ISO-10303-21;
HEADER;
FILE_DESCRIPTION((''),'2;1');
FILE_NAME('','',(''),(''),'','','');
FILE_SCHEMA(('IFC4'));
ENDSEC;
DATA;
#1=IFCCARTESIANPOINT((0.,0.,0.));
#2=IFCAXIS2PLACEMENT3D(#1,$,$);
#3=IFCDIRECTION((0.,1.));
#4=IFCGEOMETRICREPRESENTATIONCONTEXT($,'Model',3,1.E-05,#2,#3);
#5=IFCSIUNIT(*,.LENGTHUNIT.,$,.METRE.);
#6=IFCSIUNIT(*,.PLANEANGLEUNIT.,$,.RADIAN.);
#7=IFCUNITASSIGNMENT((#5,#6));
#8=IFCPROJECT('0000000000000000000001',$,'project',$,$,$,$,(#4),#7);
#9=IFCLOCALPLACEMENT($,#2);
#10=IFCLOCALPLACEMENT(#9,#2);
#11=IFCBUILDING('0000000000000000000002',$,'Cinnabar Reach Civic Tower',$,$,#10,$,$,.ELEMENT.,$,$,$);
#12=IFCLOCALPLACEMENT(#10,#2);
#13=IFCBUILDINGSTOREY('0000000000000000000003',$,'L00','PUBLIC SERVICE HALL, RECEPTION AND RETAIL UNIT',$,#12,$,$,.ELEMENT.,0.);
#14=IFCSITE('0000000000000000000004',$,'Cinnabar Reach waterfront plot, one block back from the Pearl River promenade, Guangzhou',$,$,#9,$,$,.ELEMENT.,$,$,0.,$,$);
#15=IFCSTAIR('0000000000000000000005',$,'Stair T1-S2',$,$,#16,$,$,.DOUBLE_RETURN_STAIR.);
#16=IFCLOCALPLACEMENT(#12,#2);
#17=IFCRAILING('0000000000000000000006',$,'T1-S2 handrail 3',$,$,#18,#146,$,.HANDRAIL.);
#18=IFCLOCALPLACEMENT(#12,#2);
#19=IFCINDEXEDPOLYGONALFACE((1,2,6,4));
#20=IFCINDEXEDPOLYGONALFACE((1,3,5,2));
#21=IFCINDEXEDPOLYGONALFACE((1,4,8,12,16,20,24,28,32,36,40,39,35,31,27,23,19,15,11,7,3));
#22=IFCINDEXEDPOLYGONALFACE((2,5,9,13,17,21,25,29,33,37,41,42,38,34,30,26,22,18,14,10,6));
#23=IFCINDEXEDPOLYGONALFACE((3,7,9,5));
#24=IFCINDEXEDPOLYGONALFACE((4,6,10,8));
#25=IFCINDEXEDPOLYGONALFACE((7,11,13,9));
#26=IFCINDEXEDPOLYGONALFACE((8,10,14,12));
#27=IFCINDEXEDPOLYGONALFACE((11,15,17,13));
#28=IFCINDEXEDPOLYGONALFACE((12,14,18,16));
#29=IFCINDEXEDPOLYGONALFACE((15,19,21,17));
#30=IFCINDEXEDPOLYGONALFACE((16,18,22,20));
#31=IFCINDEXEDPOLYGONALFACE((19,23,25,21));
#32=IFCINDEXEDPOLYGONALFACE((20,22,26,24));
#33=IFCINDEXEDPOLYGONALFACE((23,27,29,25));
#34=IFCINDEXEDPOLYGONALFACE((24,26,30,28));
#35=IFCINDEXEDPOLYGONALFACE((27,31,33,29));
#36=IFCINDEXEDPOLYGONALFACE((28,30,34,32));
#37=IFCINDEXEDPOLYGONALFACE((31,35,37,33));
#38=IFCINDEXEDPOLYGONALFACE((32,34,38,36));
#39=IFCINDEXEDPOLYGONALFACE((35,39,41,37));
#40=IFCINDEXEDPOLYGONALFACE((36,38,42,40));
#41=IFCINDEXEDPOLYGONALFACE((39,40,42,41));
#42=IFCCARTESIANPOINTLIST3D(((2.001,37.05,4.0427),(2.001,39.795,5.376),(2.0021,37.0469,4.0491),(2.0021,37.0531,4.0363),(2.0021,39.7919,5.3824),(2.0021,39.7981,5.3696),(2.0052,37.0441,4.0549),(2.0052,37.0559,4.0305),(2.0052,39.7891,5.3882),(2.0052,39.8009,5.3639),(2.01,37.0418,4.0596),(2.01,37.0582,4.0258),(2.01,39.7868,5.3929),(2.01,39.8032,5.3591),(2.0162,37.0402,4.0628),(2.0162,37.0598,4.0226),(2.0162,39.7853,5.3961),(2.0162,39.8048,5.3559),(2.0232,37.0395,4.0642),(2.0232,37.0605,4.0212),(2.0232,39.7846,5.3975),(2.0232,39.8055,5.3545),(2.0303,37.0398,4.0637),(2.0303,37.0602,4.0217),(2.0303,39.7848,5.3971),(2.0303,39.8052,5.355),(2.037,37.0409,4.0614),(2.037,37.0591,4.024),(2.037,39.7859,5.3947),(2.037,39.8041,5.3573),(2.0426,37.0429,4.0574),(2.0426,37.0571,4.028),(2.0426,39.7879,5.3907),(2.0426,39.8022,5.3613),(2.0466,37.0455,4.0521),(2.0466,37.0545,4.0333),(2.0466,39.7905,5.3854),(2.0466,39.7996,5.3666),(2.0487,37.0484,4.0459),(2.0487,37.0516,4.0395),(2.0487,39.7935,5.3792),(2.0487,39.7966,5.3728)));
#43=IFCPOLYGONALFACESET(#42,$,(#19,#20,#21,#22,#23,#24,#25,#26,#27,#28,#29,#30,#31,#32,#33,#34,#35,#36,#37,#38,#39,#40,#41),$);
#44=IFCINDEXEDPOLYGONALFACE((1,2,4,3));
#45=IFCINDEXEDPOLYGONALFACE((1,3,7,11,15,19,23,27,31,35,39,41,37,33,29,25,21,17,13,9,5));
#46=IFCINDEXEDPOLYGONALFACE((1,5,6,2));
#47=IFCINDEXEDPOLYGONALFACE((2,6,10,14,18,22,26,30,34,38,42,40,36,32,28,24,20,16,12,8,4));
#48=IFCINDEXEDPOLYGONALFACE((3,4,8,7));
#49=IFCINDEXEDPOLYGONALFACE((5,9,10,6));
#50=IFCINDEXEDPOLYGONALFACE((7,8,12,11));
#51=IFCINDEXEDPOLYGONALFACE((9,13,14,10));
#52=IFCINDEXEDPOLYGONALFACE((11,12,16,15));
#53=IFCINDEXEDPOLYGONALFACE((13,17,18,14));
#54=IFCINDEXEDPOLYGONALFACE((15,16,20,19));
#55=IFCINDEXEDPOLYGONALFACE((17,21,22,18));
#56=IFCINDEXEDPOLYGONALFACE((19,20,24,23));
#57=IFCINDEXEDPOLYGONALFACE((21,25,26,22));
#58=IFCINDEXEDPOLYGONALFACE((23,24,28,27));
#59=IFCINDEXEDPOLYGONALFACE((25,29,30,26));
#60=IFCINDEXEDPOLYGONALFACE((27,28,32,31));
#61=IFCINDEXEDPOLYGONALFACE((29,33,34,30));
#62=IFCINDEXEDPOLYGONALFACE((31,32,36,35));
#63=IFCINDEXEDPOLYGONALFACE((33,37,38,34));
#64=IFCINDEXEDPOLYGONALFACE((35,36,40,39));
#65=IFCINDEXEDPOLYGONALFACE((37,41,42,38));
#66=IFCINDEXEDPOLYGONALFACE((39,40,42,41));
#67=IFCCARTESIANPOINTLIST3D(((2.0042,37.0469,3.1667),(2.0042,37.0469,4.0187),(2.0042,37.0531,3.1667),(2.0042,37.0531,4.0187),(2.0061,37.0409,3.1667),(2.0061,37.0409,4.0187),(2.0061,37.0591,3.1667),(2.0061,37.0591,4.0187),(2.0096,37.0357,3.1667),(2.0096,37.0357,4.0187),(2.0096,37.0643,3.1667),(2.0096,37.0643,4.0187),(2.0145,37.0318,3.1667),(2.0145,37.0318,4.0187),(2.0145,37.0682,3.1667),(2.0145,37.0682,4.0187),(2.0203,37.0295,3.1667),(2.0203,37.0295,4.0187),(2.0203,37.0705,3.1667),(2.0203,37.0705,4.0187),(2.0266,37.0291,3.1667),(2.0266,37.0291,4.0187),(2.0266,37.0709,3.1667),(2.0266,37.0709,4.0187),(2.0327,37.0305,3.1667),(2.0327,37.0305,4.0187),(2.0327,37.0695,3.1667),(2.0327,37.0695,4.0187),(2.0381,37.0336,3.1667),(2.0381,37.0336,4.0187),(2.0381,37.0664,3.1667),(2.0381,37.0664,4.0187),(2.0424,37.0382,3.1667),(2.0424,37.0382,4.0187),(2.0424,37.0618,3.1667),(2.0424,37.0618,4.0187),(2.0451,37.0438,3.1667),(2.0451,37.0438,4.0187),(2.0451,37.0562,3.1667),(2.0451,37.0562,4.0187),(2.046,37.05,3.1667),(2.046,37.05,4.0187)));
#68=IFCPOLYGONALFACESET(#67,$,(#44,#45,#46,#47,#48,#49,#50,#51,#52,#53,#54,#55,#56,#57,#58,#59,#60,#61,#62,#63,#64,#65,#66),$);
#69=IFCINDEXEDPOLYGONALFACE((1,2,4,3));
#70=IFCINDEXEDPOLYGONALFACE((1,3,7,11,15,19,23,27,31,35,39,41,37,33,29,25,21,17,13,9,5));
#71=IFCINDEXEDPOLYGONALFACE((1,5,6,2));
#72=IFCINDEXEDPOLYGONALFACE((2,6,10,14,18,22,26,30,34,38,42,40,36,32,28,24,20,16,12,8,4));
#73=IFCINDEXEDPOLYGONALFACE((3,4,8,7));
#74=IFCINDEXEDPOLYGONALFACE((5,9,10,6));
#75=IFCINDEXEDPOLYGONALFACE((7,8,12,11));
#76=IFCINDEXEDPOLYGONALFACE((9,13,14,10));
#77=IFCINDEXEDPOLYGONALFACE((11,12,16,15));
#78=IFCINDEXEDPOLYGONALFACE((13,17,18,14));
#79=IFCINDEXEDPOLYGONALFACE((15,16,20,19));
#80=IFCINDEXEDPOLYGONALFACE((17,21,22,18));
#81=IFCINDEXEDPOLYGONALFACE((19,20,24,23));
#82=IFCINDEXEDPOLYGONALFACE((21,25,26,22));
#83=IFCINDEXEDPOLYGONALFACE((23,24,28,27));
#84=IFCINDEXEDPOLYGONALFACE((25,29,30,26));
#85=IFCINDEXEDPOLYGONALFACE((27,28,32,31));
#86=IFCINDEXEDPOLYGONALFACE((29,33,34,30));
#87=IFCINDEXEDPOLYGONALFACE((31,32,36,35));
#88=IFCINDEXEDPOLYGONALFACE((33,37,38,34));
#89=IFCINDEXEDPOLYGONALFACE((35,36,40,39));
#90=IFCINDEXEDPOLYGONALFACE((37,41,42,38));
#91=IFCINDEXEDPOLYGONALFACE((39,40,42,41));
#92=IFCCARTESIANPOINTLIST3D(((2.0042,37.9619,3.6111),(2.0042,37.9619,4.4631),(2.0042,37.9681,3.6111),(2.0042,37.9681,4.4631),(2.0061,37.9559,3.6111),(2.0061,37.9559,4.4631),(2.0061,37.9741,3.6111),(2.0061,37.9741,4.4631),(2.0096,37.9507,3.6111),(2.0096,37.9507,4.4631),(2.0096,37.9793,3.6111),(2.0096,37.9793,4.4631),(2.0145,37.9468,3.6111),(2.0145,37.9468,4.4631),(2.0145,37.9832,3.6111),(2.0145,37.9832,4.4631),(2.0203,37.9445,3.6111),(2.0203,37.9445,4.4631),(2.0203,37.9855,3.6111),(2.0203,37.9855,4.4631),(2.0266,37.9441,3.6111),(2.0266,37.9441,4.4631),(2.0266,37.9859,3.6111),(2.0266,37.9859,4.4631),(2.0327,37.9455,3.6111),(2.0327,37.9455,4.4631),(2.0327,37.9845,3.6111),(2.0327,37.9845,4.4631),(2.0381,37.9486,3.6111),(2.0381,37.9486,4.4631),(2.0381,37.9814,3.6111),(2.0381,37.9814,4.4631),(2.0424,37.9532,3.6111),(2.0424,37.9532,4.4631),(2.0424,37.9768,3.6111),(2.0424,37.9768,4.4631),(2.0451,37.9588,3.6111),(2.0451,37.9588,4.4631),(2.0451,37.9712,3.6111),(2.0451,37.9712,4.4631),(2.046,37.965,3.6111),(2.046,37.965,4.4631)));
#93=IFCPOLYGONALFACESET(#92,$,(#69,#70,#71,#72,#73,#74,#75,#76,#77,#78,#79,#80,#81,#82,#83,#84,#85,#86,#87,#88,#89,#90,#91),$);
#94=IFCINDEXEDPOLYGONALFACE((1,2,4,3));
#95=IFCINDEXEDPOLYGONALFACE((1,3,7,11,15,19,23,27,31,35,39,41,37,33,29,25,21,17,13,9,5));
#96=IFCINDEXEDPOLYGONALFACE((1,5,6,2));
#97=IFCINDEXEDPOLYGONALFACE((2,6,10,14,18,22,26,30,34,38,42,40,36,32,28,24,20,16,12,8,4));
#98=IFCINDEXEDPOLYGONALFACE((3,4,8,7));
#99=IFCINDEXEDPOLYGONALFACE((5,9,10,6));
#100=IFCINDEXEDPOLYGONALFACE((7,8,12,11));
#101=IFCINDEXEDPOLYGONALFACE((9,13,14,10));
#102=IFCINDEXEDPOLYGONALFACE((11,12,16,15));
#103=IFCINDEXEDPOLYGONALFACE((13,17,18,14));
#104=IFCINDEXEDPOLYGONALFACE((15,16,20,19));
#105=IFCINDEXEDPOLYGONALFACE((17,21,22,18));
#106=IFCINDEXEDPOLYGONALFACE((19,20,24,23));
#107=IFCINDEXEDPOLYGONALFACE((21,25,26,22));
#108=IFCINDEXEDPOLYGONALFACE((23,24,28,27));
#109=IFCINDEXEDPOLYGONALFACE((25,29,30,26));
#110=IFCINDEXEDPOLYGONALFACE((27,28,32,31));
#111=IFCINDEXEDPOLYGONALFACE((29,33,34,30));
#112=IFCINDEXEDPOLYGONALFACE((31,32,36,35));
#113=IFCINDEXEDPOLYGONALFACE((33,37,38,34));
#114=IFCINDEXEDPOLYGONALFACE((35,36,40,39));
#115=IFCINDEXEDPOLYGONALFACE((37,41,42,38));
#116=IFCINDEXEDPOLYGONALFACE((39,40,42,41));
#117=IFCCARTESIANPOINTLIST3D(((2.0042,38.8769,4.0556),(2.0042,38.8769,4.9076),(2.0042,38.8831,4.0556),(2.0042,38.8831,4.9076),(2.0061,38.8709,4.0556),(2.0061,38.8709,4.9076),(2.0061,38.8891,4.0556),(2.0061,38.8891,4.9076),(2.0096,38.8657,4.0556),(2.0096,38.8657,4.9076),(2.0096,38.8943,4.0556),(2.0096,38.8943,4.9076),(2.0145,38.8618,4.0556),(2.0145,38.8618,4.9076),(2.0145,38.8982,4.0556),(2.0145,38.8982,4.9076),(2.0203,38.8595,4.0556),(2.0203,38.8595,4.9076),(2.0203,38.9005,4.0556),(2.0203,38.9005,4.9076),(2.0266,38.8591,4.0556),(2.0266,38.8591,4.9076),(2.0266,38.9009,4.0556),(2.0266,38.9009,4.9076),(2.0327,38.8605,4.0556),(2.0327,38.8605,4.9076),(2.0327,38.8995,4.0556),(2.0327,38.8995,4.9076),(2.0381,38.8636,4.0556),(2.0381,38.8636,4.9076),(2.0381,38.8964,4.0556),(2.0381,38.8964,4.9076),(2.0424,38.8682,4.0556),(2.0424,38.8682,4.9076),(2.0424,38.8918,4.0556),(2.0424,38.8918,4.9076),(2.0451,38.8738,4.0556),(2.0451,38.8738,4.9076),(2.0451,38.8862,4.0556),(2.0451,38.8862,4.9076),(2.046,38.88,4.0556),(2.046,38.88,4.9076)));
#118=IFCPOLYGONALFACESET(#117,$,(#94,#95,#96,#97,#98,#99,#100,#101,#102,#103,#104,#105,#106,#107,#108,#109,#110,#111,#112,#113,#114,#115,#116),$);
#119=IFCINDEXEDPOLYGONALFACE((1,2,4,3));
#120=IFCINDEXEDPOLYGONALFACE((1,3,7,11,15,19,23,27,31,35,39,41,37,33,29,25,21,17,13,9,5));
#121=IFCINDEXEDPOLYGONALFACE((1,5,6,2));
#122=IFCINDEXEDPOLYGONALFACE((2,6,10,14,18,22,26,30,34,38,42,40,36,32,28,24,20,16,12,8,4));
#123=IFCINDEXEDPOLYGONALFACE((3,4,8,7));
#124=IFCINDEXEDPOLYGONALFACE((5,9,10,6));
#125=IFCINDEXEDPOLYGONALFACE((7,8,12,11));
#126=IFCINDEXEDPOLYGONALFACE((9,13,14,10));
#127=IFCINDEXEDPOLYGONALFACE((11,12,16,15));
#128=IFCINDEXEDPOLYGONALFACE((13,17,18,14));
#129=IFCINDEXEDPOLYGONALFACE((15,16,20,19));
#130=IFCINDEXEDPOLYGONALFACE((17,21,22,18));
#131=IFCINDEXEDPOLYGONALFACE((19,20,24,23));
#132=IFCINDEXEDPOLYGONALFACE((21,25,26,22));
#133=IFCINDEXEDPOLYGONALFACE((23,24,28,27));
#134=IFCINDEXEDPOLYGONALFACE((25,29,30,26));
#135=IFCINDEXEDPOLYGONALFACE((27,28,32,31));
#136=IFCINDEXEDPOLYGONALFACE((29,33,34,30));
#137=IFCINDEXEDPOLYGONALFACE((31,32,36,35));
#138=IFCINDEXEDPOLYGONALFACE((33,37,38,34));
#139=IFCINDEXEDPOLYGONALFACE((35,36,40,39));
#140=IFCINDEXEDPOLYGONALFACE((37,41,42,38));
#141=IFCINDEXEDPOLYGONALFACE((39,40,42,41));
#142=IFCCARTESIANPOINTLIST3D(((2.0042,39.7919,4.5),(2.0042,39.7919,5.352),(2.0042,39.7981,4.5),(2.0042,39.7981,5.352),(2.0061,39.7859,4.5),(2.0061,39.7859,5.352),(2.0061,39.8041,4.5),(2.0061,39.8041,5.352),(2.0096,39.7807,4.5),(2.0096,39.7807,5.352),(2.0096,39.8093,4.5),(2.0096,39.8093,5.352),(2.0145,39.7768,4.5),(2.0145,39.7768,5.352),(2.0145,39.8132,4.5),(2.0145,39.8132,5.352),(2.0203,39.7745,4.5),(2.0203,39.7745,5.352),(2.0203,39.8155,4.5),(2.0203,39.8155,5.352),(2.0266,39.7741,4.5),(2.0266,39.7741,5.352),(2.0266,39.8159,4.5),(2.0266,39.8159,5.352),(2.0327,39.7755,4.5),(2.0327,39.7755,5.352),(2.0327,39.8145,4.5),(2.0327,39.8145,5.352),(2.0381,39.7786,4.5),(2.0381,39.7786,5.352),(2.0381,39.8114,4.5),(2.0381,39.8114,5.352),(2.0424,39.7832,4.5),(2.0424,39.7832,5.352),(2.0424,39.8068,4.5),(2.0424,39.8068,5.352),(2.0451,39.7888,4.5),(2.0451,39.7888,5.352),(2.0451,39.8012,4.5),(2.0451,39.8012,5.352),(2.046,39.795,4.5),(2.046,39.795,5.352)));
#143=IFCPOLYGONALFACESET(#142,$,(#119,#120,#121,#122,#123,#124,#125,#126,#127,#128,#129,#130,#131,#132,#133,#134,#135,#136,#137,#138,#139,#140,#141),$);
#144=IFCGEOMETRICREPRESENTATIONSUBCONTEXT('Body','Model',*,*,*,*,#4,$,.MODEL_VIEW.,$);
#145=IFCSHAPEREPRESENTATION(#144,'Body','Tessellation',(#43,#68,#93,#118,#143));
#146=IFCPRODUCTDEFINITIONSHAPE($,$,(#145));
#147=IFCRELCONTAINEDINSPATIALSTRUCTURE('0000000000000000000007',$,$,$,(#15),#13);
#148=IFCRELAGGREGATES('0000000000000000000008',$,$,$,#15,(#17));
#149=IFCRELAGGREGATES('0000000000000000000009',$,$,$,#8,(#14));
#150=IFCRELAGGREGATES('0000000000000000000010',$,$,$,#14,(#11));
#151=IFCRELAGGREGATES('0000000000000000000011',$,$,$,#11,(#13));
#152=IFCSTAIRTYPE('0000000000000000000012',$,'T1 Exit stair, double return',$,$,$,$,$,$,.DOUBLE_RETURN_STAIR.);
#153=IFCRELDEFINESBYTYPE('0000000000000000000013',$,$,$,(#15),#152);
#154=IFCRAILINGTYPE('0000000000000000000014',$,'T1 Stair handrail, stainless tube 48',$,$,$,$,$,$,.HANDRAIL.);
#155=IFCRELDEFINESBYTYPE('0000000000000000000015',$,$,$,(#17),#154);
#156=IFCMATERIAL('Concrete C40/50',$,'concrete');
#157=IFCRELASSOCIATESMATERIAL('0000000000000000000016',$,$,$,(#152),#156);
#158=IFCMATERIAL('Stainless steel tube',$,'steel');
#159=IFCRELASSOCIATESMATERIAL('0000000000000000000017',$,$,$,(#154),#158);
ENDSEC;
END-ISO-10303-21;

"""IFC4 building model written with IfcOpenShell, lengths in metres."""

from ifc_helpers import new_model, si_unit, direction, frame, origin, origin_2d, place, context, subcontext, project, spatial, circle, extrude, material, type_object, element, aggregate, save


model = new_model("IFC4")

# Units and contexts
model_context = context("Model", 3, precision=1e-05, world=origin(), true_north=direction((0.0, 1.0)))
body_context = subcontext(model_context, "Body", "Model", "MODEL_VIEW")
ifc_project = project(units=[si_unit("LENGTHUNIT", "METRE"), si_unit("PLANEANGLEUNIT", "RADIAN")], contexts=[model_context])

# Site, building, storey
site_placement = place(None, origin())
site = spatial("IfcSite", under=ifc_project, at=site_placement, Name="Cinnabar Reach waterfront plot, one block back from the Pearl River promenade, Guangzhou", CompositionType="ELEMENT", RefElevation=0.0)
building_placement = place(site_placement, origin())
building = spatial("IfcBuilding", under=site, at=building_placement, Name="Cinnabar Reach Civic Tower", CompositionType="ELEMENT")
storey_placement = place(building_placement, origin())
storey = spatial("IfcBuildingStorey", under=building, at=storey_placement, Name="L00", Description="PUBLIC SERVICE HALL, RECEPTION AND RETAIL UNIT", CompositionType="ELEMENT", Elevation=0.0)

# Shared definitions
ifc_material_1 = material(Name="Concrete C40/50", Category="concrete")

# Stair, railing
stair_type = type_object("IfcStairType", Name="T1 Exit stair, double return", PredefinedType="DOUBLE_RETURN_STAIR", material=ifc_material_1)
stair_placement = place(storey_placement, origin())
stair = element("IfcStair", 1, at=stair_placement, inside=storey, type_object=stair_type, Name="Stair T1-S2", PredefinedType="DOUBLE_RETURN_STAIR")
ifc_material_2 = material(Name="Stainless steel tube", Category="steel")
railing_type = type_object("IfcRailingType", Name="T1 Stair handrail, stainless tube 48", PredefinedType="HANDRAIL", material=ifc_material_2)
railing_1_placement = place(storey_placement, frame((2.025, 37.05, 3.1667)))
railing_1 = element("IfcRailing", 2, at=railing_1_placement, type_object=railing_type, Name="T1-S2 handrail 3", PredefinedType="HANDRAIL", context=body_context, shape_type="SweptSolid", body=[
    extrude(circle(Radius=0.024, at=origin_2d()), frame((0.0, 0.0, 0.876), z_axis=(0.0, 0.899506, 0.436908), x_axis=(-1.0, 0.0, 0.0)), (0.0, 0.0, 1.0), 3.0517),
    extrude(circle(Radius=0.021, at=origin_2d()), origin(), (0.0, 0.0, 1.0), 0.852),
    extrude(circle(Radius=0.021, at=origin_2d()), frame((0.0, 0.915, 0.4444)), (0.0, 0.0, 1.0), 0.852),
    extrude(circle(Radius=0.021, at=origin_2d()), frame((0.0, 1.83, 0.8889)), (0.0, 0.0, 1.0), 0.852),
    extrude(circle(Radius=0.021, at=origin_2d()), frame((0.0, 2.745, 1.3333)), (0.0, 0.0, 1.0), 0.852),
])
aggregate(stair, [railing_1])

save(model, "model.ifc")
